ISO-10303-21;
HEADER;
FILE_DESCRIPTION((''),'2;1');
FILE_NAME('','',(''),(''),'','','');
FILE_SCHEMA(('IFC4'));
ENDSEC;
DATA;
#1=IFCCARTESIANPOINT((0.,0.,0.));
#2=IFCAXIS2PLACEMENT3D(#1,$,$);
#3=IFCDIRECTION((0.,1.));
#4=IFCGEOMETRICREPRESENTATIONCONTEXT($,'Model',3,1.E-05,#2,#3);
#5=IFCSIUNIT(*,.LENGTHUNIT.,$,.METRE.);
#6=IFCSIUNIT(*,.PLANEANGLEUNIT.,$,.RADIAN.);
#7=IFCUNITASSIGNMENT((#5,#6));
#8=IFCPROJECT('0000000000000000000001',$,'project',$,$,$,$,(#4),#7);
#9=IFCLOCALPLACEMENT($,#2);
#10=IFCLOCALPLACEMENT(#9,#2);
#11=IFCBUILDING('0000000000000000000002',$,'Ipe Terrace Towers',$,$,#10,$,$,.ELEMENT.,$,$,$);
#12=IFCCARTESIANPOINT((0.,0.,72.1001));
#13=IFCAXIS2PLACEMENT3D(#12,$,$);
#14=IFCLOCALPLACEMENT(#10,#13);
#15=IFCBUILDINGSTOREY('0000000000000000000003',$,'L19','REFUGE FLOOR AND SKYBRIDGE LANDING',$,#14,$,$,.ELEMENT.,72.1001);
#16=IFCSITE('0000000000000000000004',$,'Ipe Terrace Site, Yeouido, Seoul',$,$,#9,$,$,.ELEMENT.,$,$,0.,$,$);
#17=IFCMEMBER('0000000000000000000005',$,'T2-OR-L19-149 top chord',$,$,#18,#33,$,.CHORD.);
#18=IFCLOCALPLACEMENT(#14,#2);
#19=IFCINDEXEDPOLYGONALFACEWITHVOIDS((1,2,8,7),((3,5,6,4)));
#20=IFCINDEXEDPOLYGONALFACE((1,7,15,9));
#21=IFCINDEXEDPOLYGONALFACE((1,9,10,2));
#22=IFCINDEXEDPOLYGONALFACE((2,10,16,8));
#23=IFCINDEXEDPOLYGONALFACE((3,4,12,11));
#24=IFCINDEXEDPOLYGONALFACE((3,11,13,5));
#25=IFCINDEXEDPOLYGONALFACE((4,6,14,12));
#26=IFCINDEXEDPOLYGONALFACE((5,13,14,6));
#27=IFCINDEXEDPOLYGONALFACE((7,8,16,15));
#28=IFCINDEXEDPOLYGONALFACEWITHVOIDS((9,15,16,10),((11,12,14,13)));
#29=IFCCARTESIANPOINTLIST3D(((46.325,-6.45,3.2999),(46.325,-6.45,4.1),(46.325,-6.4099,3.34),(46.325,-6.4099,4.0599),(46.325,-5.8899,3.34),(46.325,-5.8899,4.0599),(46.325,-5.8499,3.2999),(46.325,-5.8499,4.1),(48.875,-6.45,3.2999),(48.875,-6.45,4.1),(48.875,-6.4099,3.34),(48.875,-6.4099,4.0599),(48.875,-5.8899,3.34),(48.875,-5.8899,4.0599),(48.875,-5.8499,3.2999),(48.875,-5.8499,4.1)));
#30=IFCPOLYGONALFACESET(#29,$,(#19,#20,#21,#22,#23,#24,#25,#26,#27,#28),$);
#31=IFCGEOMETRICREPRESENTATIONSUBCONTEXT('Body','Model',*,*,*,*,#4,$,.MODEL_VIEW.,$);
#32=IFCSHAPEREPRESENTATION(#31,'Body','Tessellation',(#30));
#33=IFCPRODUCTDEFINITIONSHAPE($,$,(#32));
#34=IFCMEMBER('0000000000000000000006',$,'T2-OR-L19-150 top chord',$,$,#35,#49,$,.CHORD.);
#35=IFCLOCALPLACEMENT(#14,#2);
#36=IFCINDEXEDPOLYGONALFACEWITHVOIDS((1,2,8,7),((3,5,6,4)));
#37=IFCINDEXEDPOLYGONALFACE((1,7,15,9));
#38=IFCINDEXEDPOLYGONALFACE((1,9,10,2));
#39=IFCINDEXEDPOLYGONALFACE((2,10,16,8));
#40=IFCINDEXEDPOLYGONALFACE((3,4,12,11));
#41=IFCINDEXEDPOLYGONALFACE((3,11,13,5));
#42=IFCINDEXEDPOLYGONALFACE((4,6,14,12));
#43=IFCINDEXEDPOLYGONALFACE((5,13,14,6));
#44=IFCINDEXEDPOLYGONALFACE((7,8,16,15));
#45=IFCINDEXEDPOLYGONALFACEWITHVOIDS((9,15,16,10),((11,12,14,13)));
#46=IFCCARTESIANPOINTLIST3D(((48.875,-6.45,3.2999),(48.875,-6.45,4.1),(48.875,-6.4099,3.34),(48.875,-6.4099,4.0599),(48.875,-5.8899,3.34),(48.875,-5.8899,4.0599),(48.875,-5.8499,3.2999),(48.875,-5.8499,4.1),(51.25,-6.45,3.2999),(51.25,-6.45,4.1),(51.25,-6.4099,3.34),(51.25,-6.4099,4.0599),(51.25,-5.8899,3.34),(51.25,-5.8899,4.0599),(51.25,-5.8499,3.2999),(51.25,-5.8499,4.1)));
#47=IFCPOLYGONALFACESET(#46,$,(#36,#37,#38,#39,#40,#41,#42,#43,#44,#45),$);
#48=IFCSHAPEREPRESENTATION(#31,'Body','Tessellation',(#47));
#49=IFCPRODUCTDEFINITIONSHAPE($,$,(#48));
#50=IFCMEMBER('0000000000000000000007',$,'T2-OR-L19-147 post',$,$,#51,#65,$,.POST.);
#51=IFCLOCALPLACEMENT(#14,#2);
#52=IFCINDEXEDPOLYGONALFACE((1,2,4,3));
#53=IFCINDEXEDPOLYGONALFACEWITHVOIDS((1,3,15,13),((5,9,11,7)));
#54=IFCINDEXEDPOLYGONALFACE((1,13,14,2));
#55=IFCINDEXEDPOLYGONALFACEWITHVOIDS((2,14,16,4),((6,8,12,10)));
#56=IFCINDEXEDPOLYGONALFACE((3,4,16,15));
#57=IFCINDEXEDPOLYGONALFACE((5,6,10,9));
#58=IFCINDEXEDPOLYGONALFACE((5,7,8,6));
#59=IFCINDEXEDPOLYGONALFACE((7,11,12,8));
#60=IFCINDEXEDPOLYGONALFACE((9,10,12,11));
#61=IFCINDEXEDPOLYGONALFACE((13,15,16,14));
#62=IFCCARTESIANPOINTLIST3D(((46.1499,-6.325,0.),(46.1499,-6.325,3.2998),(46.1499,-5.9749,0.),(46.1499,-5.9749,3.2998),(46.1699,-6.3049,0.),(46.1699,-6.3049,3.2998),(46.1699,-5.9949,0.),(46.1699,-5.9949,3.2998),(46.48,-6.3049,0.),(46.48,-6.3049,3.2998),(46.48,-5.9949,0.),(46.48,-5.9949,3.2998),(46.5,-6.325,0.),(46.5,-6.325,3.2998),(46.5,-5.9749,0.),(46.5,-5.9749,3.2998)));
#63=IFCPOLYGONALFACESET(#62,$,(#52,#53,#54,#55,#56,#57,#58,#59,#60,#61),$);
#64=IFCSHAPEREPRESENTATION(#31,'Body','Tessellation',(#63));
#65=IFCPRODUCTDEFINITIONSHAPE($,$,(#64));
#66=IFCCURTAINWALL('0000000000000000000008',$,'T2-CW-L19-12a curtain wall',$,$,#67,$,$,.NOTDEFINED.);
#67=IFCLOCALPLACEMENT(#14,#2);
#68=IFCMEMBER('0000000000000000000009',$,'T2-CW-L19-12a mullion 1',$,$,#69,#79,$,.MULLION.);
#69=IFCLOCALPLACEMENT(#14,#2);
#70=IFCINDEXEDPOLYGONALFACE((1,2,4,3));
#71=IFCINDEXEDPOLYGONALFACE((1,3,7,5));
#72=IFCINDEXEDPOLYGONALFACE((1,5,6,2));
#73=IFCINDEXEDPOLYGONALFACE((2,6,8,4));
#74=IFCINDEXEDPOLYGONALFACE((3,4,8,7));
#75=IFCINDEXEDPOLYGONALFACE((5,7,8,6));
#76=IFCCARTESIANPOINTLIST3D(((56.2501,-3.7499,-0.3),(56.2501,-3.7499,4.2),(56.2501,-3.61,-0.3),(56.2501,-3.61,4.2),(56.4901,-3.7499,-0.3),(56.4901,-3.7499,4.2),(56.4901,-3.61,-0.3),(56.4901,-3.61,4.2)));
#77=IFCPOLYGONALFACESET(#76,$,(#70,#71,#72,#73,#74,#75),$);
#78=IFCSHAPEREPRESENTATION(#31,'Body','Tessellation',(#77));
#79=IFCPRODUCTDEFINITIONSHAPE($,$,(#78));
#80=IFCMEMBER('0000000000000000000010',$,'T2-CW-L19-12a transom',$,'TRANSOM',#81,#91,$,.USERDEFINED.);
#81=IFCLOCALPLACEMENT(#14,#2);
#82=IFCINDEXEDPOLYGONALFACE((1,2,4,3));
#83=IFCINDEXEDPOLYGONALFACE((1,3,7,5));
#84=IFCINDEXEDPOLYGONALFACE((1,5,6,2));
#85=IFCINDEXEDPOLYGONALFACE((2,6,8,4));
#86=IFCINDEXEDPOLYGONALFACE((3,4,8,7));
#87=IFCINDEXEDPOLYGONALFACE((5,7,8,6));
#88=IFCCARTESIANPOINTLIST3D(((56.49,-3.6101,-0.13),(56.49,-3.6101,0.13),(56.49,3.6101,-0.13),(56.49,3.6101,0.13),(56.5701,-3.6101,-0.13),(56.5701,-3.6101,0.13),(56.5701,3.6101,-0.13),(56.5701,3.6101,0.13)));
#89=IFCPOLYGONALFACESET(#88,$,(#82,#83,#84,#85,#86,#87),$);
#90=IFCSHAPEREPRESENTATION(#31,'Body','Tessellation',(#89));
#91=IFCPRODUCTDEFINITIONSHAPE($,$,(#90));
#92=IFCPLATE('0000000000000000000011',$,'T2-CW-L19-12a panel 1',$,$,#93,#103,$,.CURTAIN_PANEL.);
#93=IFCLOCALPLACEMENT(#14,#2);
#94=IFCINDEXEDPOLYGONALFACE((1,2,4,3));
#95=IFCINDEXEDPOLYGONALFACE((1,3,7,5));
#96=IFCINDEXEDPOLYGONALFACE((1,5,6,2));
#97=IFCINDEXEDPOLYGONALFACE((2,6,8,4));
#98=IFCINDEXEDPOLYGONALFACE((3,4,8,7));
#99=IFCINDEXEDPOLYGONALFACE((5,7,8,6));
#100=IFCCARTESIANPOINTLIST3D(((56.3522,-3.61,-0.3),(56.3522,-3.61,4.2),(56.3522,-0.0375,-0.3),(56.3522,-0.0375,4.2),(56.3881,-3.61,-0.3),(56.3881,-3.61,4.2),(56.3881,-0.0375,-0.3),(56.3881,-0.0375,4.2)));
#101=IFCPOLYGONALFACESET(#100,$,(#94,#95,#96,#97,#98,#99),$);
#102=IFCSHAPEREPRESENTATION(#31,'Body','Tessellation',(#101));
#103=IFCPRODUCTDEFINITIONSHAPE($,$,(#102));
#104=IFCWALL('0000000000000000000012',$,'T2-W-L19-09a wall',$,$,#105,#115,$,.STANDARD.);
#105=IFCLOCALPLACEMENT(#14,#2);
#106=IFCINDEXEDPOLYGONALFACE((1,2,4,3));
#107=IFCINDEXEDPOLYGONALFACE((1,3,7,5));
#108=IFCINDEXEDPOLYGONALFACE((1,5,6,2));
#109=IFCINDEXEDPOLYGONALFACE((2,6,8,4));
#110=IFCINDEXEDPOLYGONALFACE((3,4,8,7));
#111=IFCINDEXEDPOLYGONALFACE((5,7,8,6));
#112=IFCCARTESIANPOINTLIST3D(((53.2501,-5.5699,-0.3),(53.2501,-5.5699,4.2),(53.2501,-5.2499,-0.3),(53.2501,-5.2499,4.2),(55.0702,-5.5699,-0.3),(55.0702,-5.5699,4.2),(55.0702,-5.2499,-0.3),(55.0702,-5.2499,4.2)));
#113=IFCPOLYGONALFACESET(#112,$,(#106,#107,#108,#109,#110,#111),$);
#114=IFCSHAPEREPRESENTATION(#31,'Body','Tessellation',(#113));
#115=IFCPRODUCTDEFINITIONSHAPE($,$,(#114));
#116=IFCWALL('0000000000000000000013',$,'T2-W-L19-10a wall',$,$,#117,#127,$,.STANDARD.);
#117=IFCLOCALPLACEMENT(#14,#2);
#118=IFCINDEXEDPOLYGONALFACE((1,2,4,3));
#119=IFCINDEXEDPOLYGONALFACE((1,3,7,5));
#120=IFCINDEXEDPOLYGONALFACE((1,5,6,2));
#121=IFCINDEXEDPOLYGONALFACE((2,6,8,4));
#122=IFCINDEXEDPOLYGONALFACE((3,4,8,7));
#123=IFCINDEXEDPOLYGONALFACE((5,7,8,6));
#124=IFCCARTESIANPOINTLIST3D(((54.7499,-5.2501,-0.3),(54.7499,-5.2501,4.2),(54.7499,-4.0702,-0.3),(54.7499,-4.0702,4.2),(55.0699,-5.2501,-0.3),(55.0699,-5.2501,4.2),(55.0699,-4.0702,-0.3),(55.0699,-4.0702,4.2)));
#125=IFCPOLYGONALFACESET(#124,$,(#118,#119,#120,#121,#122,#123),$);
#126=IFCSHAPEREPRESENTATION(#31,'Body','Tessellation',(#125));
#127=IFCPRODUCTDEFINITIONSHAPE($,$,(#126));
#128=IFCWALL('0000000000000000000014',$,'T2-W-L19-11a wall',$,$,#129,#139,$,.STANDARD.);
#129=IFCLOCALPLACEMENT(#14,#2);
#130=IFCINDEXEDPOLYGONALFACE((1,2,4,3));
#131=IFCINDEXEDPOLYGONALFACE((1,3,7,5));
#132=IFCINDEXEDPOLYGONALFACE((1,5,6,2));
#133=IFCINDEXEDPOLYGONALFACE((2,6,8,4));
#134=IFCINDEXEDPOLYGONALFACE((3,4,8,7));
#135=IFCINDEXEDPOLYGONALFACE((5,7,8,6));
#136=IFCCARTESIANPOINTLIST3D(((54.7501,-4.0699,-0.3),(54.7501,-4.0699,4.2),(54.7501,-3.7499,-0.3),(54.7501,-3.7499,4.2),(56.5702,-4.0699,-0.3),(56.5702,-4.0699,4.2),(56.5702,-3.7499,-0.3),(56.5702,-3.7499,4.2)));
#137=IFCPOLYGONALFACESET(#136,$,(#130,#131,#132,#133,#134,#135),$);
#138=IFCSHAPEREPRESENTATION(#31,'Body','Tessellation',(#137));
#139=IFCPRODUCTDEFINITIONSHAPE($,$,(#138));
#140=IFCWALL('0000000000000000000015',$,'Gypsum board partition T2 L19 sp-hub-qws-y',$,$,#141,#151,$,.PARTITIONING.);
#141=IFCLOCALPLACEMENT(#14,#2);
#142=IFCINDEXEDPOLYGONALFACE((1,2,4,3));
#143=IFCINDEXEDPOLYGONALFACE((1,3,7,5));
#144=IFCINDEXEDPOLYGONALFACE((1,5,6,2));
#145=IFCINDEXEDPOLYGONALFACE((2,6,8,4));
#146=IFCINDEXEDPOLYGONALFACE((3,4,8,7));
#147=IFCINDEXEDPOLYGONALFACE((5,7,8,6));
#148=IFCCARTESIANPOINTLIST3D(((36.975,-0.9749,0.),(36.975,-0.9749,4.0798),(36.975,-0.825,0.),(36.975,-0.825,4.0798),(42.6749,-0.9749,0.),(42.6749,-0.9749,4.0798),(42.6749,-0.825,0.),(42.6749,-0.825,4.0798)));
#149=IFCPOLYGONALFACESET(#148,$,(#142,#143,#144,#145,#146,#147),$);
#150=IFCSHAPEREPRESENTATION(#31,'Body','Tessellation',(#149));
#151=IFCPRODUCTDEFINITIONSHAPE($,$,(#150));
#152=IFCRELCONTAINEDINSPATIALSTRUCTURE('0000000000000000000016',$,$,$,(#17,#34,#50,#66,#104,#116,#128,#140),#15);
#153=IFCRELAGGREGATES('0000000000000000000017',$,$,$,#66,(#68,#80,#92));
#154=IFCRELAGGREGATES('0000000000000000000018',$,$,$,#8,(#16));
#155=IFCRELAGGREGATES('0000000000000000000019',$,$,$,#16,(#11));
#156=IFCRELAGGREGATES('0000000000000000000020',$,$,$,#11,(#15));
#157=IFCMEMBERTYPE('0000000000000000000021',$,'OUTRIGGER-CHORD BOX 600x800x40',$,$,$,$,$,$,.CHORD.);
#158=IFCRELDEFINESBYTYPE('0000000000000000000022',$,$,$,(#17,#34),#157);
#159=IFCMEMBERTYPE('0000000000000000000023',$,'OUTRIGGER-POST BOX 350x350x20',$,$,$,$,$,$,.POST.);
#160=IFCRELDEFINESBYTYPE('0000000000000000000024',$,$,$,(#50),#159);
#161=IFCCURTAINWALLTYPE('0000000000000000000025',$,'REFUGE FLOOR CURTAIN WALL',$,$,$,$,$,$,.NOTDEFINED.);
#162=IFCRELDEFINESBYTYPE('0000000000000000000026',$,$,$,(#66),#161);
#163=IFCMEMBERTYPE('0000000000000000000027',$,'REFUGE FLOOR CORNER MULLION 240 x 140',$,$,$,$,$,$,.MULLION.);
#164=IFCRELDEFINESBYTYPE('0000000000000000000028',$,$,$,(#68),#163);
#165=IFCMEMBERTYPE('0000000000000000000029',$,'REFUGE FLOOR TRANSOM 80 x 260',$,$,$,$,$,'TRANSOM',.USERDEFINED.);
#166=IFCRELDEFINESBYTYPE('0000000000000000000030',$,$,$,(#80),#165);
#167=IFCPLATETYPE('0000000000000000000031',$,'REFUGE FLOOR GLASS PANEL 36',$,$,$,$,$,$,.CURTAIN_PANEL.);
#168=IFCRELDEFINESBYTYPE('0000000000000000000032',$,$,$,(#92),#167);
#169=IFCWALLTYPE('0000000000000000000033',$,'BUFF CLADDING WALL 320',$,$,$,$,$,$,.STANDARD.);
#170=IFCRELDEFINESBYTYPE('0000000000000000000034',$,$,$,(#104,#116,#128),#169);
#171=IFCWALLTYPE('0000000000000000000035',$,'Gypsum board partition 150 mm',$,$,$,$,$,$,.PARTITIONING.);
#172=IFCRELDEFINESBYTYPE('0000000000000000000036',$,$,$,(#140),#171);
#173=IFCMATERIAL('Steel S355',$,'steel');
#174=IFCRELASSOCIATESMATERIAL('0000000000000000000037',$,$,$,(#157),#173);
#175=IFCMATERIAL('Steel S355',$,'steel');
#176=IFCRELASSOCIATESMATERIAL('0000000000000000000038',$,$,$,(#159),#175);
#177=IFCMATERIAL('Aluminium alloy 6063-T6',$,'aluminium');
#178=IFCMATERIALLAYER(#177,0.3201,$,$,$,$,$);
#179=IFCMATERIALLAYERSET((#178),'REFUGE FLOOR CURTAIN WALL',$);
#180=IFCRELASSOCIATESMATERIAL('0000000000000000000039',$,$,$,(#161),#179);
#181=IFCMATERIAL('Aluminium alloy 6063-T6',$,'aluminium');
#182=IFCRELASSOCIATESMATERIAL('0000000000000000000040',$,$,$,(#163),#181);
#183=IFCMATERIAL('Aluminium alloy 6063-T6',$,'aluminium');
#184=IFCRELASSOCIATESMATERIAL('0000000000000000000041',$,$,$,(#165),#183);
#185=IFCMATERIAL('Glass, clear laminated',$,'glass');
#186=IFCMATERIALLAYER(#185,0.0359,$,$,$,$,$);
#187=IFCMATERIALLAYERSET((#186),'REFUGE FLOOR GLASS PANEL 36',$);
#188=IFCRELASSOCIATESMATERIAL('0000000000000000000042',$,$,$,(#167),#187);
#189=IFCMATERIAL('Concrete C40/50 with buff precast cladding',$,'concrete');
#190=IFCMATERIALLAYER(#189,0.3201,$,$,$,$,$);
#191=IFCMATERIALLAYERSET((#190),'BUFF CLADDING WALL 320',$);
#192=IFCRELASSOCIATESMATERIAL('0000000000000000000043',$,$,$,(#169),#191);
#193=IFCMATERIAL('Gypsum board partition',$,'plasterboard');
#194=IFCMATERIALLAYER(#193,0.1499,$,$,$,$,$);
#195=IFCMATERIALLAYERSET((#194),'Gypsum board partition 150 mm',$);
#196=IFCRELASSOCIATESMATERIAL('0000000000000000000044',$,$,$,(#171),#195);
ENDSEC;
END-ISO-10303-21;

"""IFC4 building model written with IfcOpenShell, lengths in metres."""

from ifc_helpers import new_model, si_unit, direction, frame, frame_2d, origin, origin_2d, place, context, subcontext, project, spatial, rectangle, hollow_rectangle, extrude, material, layer, layer_set, material_profile, profile_set, type_object, element, aggregate, save


model = new_model("IFC4")

# Units and contexts
model_context = context("Model", 3, precision=1e-05, world=origin(), true_north=direction((0.0, 1.0)))
body_context = subcontext(model_context, "Body", "Model", "MODEL_VIEW")
ifc_project = project(units=[si_unit("LENGTHUNIT", "METRE"), si_unit("PLANEANGLEUNIT", "RADIAN")], contexts=[model_context])

# Site, building, storey
site_placement = place(None, origin())
site = spatial("IfcSite", under=ifc_project, at=site_placement, Name="Ipe Terrace Site, Yeouido, Seoul", CompositionType="ELEMENT", RefElevation=0.0)
building_placement = place(site_placement, origin())
building = spatial("IfcBuilding", under=site, at=building_placement, Name="Ipe Terrace Towers", CompositionType="ELEMENT")
storey_placement = place(building_placement, frame((0.0, 0.0, 72.1001)))
storey = spatial("IfcBuildingStorey", under=building, at=storey_placement, Name="L19", Description="REFUGE FLOOR AND SKYBRIDGE LANDING", CompositionType="ELEMENT", Elevation=72.1001)

# Members
ifc_material_1 = material(Name="Steel S355", Category="steel")
ifc_material_profile_1 = material_profile(ifc_material_1, hollow_rectangle(XDim=0.6001, YDim=0.8, WallThickness=0.04, at=origin_2d()), Name="OUTRIGGER-CHORD BOX 600x800x40")
ifc_profile_set_1 = profile_set([ifc_material_profile_1], Name="Steel S355")
member_type_1 = type_object("IfcMemberType", Name="OUTRIGGER-CHORD BOX 600x800x40", PredefinedType="CHORD", material=ifc_profile_set_1)
member_1_placement = place(storey_placement, frame((46.325, -6.1499, 3.7), z_axis=(1.0, 0.0, 0.0), x_axis=(0.0, 1.0, 0.0)))
element("IfcMember", 1, at=member_1_placement, inside=storey, type_object=member_type_1, Name="T2-OR-L19-149 top chord", PredefinedType="CHORD", context=body_context, shape_type="SweptSolid", body=[
    extrude(hollow_rectangle(XDim=0.6001, YDim=0.8, WallThickness=0.04, at=origin_2d()), origin(), (0.0, 0.0, 1.0), 2.55),
])
member_2_placement = place(storey_placement, frame((48.875, -6.1499, 3.7), z_axis=(1.0, 0.0, 0.0), x_axis=(0.0, 1.0, 0.0)))
element("IfcMember", 2, at=member_2_placement, inside=storey, type_object=member_type_1, Name="T2-OR-L19-150 top chord", PredefinedType="CHORD", context=body_context, shape_type="SweptSolid", body=[
    extrude(hollow_rectangle(XDim=0.6001, YDim=0.8, WallThickness=0.04, at=origin_2d()), origin(), (0.0, 0.0, 1.0), 2.375),
])
ifc_material_2 = material(Name="Steel S355", Category="steel")
ifc_material_profile_2 = material_profile(ifc_material_2, hollow_rectangle(XDim=0.3501, YDim=0.3501, WallThickness=0.02, at=origin_2d()), Name="OUTRIGGER-POST BOX 350x350x20")
ifc_profile_set_2 = profile_set([ifc_material_profile_2], Name="Steel S355")
member_type_2 = type_object("IfcMemberType", Name="OUTRIGGER-POST BOX 350x350x20", PredefinedType="POST", material=ifc_profile_set_2)
member_3_placement = place(storey_placement, frame((46.325, -6.1499, 0.0), z_axis=(0.0, 0.0, 1.0), x_axis=(1.0, 0.0, 0.0)))
element("IfcMember", 3, at=member_3_placement, inside=storey, type_object=member_type_2, Name="T2-OR-L19-147 post", PredefinedType="POST", context=body_context, shape_type="SweptSolid", body=[
    extrude(hollow_rectangle(XDim=0.3501, YDim=0.3501, WallThickness=0.02, at=origin_2d()), origin(), (0.0, 0.0, 1.0), 3.2998),
])

# Curtain wall, members, plate
ifc_material_3 = material(Name="Aluminium alloy 6063-T6", Category="aluminium")
ifc_layer_1 = layer(ifc_material_3, 0.3201)
ifc_layer_set_1 = layer_set([ifc_layer_1], Name="REFUGE FLOOR CURTAIN WALL")
curtain_wall_type = type_object("IfcCurtainWallType", Name="REFUGE FLOOR CURTAIN WALL", PredefinedType="NOTDEFINED", material=ifc_layer_set_1)
curtain_wall_placement = place(storey_placement, origin())
curtain_wall = element("IfcCurtainWall", 4, at=curtain_wall_placement, inside=storey, type_object=curtain_wall_type, Name="T2-CW-L19-12a curtain wall", PredefinedType="NOTDEFINED")
ifc_material_4 = material(Name="Aluminium alloy 6063-T6", Category="aluminium")
ifc_material_profile_3 = material_profile(ifc_material_4, rectangle(XDim=0.24, YDim=0.1399, at=origin_2d()), Name="REFUGE FLOOR CORNER MULLION 240 x 140")
ifc_profile_set_3 = profile_set([ifc_material_profile_3], Name="Aluminium alloy 6063-T6")
member_type_3 = type_object("IfcMemberType", Name="REFUGE FLOOR CORNER MULLION 240 x 140", PredefinedType="MULLION", material=ifc_profile_set_3)
member_4_placement = place(storey_placement, frame((56.3701, -3.6799, -0.3), z_axis=(0.0, 0.0, 1.0), x_axis=(1.0, 0.0, 0.0)))
member_4 = element("IfcMember", 5, at=member_4_placement, type_object=member_type_3, Name="T2-CW-L19-12a mullion 1", PredefinedType="MULLION", context=body_context, shape_type="SweptSolid", body=[
    extrude(rectangle(XDim=0.24, YDim=0.1399, at=origin_2d()), origin(), (0.0, 0.0, 1.0), 4.5),
])
ifc_material_5 = material(Name="Aluminium alloy 6063-T6", Category="aluminium")
ifc_material_profile_4 = material_profile(ifc_material_5, rectangle(XDim=0.0801, YDim=0.26, at=origin_2d()), Name="REFUGE FLOOR TRANSOM 80 x 260")
ifc_profile_set_4 = profile_set([ifc_material_profile_4], Name="Aluminium alloy 6063-T6")
member_type_4 = type_object("IfcMemberType", Name="REFUGE FLOOR TRANSOM 80 x 260", ElementType="TRANSOM", PredefinedType="USERDEFINED", material=ifc_profile_set_4)
member_5_placement = place(storey_placement, frame((56.53, -3.6101, 0.0), z_axis=(0.0, 1.0, 0.0), x_axis=(1.0, 0.0, 0.0)))
member_5 = element("IfcMember", 6, at=member_5_placement, type_object=member_type_4, Name="T2-CW-L19-12a transom", ObjectType="TRANSOM", PredefinedType="USERDEFINED", context=body_context, shape_type="SweptSolid", body=[
    extrude(rectangle(XDim=0.0801, YDim=0.26, at=origin_2d()), origin(), (0.0, 0.0, 1.0), 7.2202),
])
ifc_material_6 = material(Name="Glass, clear laminated", Category="glass")
ifc_layer_2 = layer(ifc_material_6, 0.0359)
ifc_layer_set_2 = layer_set([ifc_layer_2], Name="REFUGE FLOOR GLASS PANEL 36")
plate_type = type_object("IfcPlateType", Name="REFUGE FLOOR GLASS PANEL 36", PredefinedType="CURTAIN_PANEL", material=ifc_layer_set_2)
plate_placement = place(storey_placement, frame((56.3701, -1.8237, -0.3), z_axis=(0.0, 0.0, 1.0), x_axis=(0.0, 1.0, 0.0)))
plate = element("IfcPlate", 7, at=plate_placement, type_object=plate_type, Name="T2-CW-L19-12a panel 1", PredefinedType="CURTAIN_PANEL", context=body_context, shape_type="SweptSolid", body=[
    extrude(rectangle(XDim=3.5725, YDim=0.0359, at=origin_2d()), origin(), (0.0, 0.0, 1.0), 4.5),
])
aggregate(curtain_wall, [member_4, member_5, plate])

# Walls
ifc_material_7 = material(Name="Concrete C40/50 with buff precast cladding", Category="concrete")
ifc_layer_3 = layer(ifc_material_7, 0.3201)
ifc_layer_set_3 = layer_set([ifc_layer_3], Name="BUFF CLADDING WALL 320")
wall_type_1 = type_object("IfcWallType", Name="BUFF CLADDING WALL 320", PredefinedType="STANDARD", material=ifc_layer_set_3)
wall_1_placement = place(storey_placement, frame((53.25, -5.4099, -0.3), z_axis=(0.0, 0.0, 1.0), x_axis=(1.0, 0.0, 0.0)))
element("IfcWall", 8, at=wall_1_placement, inside=storey, type_object=wall_type_1, Name="T2-W-L19-09a wall", PredefinedType="STANDARD", context=body_context, shape_type="SweptSolid", body=[
    extrude(rectangle(XDim=1.8201, YDim=0.3201, at=frame_2d((0.9102, 0.0))), origin(), (0.0, 0.0, 1.0), 4.5),
])
wall_2_placement = place(storey_placement, frame((54.9099, -5.25, -0.3), z_axis=(0.0, 0.0, 1.0), x_axis=(0.0, 1.0, 0.0)))
element("IfcWall", 9, at=wall_2_placement, inside=storey, type_object=wall_type_1, Name="T2-W-L19-10a wall", PredefinedType="STANDARD", context=body_context, shape_type="SweptSolid", body=[
    extrude(rectangle(XDim=1.1799, YDim=0.3201, at=frame_2d((0.5898, 0.0))), origin(), (0.0, 0.0, 1.0), 4.5),
])
wall_3_placement = place(storey_placement, frame((54.75, -3.9099, -0.3), z_axis=(0.0, 0.0, 1.0), x_axis=(1.0, 0.0, 0.0)))
element("IfcWall", 10, at=wall_3_placement, inside=storey, type_object=wall_type_1, Name="T2-W-L19-11a wall", PredefinedType="STANDARD", context=body_context, shape_type="SweptSolid", body=[
    extrude(rectangle(XDim=1.8201, YDim=0.3201, at=frame_2d((0.9102, 0.0))), origin(), (0.0, 0.0, 1.0), 4.5),
])
ifc_material_8 = material(Name="Gypsum board partition", Category="plasterboard")
ifc_layer_4 = layer(ifc_material_8, 0.1499)
ifc_layer_set_4 = layer_set([ifc_layer_4], Name="Gypsum board partition 150 mm")
wall_type_2 = type_object("IfcWallType", Name="Gypsum board partition 150 mm", PredefinedType="PARTITIONING", material=ifc_layer_set_4)
wall_4_placement = place(storey_placement, frame((42.675, -0.8999, 0.0), z_axis=(0.0, 0.0, 1.0), x_axis=(-1.0, 0.0, 0.0)))
element("IfcWall", 11, at=wall_4_placement, inside=storey, type_object=wall_type_2, Name="Gypsum board partition T2 L19 sp-hub-qws-y", PredefinedType="PARTITIONING", context=body_context, shape_type="SweptSolid", body=[
    extrude(rectangle(XDim=5.7, YDim=0.1499, at=frame_2d((2.8501, 0.0))), origin(), (0.0, 0.0, 1.0), 4.0798),
])

save(model, "model.ifc")
